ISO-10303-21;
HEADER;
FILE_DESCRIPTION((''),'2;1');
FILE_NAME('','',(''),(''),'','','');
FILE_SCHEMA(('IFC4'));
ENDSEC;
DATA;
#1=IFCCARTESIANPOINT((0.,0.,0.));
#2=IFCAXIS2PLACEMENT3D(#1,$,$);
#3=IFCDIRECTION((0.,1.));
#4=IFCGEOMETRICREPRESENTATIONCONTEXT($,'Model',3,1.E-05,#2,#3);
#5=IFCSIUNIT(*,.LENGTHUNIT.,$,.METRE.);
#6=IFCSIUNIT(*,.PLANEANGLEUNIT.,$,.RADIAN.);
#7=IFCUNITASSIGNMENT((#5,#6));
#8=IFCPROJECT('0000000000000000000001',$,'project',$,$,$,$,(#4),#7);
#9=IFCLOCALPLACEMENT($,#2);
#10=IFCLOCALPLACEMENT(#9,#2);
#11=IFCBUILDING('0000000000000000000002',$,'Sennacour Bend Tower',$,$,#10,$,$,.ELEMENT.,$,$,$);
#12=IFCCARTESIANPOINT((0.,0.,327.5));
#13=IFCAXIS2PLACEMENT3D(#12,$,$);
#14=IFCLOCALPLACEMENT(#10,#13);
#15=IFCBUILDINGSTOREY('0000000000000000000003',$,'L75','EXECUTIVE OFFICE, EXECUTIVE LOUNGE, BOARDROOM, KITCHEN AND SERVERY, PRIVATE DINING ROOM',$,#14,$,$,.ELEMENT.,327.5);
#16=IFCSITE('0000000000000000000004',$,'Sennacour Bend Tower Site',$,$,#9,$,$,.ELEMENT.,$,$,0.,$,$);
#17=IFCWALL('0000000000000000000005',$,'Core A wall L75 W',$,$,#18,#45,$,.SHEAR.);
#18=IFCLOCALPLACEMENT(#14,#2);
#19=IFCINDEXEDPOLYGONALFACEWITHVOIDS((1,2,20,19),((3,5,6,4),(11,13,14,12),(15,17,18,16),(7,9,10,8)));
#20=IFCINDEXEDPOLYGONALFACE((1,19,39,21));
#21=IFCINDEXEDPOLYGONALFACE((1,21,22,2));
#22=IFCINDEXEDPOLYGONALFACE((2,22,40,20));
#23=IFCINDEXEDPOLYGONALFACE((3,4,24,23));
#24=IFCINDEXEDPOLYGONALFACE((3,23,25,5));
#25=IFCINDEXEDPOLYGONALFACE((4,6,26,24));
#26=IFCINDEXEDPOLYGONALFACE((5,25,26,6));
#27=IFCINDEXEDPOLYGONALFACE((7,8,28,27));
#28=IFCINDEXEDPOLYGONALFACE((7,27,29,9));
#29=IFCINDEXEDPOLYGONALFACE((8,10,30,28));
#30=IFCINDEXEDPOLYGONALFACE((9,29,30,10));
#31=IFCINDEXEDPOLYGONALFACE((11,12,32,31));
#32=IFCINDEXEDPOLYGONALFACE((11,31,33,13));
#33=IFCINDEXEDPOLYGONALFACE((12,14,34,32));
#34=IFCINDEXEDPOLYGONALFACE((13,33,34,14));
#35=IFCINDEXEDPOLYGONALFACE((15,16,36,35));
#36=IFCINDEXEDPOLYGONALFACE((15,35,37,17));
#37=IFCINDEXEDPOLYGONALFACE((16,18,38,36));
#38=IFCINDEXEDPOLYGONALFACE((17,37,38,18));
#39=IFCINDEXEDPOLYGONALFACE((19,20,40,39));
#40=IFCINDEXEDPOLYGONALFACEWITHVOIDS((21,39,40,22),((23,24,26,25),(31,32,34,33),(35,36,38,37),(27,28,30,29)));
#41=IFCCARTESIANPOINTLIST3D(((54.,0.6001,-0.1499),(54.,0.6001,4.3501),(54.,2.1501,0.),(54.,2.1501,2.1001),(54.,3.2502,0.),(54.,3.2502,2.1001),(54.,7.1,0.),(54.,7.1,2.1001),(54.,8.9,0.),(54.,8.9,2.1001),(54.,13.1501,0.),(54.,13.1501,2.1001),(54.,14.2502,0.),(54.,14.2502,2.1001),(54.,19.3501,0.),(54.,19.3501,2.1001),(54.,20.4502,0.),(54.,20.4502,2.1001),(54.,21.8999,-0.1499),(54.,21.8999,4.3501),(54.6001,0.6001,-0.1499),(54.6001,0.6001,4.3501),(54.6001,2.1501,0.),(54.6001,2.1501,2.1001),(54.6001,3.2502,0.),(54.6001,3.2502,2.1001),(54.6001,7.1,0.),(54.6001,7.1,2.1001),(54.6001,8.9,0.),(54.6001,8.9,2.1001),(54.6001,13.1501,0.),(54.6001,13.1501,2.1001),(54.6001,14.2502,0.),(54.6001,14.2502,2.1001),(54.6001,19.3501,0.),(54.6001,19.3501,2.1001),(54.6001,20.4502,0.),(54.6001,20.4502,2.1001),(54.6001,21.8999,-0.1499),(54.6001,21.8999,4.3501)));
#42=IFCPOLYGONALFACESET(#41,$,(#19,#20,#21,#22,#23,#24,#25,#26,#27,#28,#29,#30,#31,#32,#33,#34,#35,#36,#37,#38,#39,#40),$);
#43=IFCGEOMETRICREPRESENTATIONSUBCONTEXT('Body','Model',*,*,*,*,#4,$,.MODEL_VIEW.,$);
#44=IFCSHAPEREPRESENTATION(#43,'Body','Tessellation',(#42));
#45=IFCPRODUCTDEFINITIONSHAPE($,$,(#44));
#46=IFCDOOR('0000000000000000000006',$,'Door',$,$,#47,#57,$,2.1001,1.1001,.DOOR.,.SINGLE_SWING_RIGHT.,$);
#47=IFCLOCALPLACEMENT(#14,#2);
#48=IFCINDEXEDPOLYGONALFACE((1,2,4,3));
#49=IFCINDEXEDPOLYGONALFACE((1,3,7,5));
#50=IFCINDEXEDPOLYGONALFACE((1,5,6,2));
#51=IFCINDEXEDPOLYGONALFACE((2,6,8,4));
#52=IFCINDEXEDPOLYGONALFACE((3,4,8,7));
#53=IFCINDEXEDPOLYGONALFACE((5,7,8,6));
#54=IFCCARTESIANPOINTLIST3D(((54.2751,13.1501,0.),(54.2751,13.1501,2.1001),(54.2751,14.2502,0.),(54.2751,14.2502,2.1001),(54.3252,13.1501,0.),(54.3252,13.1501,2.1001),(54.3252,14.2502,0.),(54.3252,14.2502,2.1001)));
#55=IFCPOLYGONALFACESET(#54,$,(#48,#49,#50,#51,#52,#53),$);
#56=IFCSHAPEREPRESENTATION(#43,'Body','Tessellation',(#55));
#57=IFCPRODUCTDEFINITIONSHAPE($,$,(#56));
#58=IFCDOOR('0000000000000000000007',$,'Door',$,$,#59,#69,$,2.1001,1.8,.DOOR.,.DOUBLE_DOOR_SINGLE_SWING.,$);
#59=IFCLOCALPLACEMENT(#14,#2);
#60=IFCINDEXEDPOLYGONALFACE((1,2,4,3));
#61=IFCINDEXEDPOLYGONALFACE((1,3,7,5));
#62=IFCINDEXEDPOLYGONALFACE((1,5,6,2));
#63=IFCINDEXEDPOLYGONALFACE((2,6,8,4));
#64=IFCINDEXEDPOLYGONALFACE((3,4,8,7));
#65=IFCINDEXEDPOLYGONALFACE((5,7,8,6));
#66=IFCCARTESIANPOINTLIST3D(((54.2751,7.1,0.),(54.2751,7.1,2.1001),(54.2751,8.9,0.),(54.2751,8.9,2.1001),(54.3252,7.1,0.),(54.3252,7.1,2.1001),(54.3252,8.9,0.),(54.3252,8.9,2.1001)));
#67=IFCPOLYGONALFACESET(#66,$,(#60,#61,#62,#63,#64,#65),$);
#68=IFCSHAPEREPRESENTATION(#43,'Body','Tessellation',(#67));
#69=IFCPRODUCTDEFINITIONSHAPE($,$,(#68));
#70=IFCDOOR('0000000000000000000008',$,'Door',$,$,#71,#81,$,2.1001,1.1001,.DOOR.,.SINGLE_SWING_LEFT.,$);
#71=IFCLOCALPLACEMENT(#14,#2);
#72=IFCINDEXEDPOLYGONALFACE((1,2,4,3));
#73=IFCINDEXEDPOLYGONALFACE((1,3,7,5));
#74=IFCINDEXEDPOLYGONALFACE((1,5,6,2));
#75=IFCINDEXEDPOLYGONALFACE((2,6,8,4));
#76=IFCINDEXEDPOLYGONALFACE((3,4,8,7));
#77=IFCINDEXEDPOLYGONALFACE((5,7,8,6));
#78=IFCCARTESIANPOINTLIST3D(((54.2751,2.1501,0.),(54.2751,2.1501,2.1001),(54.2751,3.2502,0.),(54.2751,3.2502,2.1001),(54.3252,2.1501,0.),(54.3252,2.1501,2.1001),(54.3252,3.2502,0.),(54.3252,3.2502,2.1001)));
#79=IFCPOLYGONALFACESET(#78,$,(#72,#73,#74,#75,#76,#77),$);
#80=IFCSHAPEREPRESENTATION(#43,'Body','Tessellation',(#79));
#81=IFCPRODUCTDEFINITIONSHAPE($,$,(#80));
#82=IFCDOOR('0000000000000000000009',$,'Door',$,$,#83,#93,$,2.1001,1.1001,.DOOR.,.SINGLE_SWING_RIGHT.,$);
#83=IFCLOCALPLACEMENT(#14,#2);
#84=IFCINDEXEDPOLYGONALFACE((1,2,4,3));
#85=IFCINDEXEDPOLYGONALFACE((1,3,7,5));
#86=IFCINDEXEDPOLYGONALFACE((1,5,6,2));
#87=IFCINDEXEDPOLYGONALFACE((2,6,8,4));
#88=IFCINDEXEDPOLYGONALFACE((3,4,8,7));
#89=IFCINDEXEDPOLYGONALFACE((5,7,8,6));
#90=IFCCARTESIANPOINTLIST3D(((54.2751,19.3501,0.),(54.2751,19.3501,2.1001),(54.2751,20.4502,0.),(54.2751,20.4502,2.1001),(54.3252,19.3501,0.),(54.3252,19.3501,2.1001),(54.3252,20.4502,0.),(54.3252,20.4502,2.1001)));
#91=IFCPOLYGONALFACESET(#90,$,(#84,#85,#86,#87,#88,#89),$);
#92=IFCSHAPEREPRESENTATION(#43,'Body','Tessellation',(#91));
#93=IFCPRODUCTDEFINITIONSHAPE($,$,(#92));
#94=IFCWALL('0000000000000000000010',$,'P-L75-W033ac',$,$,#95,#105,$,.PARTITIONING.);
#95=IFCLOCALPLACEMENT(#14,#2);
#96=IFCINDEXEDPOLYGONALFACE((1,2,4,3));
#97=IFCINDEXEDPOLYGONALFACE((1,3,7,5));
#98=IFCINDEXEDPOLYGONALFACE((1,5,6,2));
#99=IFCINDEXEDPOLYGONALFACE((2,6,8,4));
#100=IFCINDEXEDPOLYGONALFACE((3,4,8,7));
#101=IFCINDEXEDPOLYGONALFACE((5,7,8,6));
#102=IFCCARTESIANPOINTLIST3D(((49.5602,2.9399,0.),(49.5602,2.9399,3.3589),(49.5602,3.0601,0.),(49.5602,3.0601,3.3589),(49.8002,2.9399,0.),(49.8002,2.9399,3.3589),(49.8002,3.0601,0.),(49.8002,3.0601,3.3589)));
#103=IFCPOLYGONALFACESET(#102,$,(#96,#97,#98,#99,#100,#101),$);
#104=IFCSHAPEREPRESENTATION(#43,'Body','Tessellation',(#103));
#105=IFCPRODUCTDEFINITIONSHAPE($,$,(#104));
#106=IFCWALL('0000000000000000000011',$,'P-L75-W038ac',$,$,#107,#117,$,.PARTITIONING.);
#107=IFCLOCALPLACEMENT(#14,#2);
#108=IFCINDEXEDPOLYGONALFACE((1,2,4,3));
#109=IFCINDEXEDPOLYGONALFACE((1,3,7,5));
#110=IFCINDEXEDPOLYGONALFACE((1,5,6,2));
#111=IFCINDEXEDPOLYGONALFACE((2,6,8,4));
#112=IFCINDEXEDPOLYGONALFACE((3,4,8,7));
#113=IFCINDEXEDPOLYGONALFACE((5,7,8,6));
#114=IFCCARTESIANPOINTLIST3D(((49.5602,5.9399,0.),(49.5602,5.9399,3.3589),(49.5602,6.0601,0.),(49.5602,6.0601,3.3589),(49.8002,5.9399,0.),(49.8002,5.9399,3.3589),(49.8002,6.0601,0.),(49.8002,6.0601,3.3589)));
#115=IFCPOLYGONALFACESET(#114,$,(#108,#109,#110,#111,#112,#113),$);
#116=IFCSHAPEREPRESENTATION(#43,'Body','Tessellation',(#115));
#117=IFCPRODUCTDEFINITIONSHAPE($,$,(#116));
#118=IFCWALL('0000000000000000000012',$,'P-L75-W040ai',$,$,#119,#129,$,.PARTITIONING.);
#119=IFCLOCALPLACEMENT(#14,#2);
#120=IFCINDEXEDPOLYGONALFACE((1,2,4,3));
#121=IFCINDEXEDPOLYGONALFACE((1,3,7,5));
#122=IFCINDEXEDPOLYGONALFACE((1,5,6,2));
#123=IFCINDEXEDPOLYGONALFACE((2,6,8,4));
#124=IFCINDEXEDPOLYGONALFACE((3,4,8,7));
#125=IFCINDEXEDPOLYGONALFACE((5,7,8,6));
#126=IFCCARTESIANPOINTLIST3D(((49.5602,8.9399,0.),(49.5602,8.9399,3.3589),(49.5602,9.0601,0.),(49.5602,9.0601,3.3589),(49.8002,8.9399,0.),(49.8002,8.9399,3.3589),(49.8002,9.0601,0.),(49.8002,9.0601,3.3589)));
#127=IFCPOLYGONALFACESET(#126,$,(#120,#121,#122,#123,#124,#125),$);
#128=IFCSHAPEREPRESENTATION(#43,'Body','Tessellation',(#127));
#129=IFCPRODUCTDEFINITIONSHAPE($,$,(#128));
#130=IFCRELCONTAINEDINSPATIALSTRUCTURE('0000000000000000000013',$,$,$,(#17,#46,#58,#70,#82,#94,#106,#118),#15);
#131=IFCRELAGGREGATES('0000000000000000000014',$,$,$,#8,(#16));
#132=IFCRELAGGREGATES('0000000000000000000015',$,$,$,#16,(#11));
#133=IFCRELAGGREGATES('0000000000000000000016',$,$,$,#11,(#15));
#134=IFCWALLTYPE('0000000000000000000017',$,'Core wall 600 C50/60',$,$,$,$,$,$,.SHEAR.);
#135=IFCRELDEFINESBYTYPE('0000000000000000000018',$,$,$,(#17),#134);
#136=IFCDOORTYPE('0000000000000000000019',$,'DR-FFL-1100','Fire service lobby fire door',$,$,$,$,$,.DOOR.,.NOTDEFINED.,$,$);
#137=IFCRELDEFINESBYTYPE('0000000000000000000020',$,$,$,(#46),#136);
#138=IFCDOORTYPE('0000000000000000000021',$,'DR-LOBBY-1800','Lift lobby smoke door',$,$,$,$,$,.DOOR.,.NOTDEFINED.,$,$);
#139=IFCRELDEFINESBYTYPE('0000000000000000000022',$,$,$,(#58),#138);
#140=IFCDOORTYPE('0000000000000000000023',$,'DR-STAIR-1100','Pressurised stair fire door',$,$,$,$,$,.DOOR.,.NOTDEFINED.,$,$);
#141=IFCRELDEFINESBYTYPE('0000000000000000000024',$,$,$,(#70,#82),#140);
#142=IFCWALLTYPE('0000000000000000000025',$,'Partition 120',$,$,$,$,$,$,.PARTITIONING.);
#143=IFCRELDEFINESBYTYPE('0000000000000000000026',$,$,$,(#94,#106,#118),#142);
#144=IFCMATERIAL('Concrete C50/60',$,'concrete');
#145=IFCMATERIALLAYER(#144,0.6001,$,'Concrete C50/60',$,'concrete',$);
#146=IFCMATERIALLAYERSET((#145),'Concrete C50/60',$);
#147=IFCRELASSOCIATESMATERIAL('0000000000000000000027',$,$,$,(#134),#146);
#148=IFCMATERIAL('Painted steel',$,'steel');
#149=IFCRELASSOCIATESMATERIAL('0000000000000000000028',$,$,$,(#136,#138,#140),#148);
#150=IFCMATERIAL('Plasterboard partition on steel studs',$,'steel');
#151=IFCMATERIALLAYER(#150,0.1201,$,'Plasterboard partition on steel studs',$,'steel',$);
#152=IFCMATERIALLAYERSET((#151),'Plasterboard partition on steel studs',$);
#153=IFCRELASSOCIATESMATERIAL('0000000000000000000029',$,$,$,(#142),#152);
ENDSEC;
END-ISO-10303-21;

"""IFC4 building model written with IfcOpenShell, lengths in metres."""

from ifc_helpers import new_model, si_unit, direction, frame, frame_2d, origin, place, context, subcontext, project, spatial, rectangle, extrude, material, layer, layer_set, type_object, element, fill, save


model = new_model("IFC4")

# Units and contexts
model_context = context("Model", 3, precision=1e-05, world=origin(), true_north=direction((0.0, 1.0)))
body_context = subcontext(model_context, "Body", "Model", "MODEL_VIEW")
ifc_project = project(units=[si_unit("LENGTHUNIT", "METRE"), si_unit("PLANEANGLEUNIT", "RADIAN")], contexts=[model_context])

# Site, building, storey
site_placement = place(None, origin())
site = spatial("IfcSite", under=ifc_project, at=site_placement, Name="Sennacour Bend Tower Site", CompositionType="ELEMENT", RefElevation=0.0)
building_placement = place(site_placement, origin())
building = spatial("IfcBuilding", under=site, at=building_placement, Name="Sennacour Bend Tower", CompositionType="ELEMENT")
storey_placement = place(building_placement, frame((0.0, 0.0, 327.5)))
storey = spatial("IfcBuildingStorey", under=building, at=storey_placement, Name="L75", Description="EXECUTIVE OFFICE, EXECUTIVE LOUNGE, BOARDROOM, KITCHEN AND SERVERY, PRIVATE DINING ROOM", CompositionType="ELEMENT", Elevation=327.5)

# Wall, openings, doors
ifc_material_1 = material(Name="Concrete C50/60", Category="concrete")
ifc_layer_1 = layer(ifc_material_1, 0.6001, Name="Concrete C50/60", Category="concrete")
ifc_layer_set_1 = layer_set([ifc_layer_1], Name="Concrete C50/60")
wall_type_1 = type_object("IfcWallType", Name="Core wall 600 C50/60", PredefinedType="SHEAR", material=ifc_layer_set_1)
wall_1_placement = place(storey_placement, frame((54.3, 0.6001, -0.1499), z_axis=(0.0, 0.0, 1.0), x_axis=(0.0, 1.0, 0.0)))
wall_1 = element("IfcWall", 1, at=wall_1_placement, inside=storey, type_object=wall_type_1, Name="Core A wall L75 W", PredefinedType="SHEAR", context=body_context, shape_type="SweptSolid", body=[
    extrude(rectangle(XDim=21.2998, YDim=0.6001, at=frame_2d((10.6499, 0.0))), origin(), (0.0, 0.0, 1.0), 4.5),
])
opening_1_placement = place(wall_1_placement, frame((6.5, 0.0, 0.1499)))
opening_1 = element("IfcOpeningElement", 2, at=opening_1_placement, cuts=wall_1, PredefinedType="OPENING", context=body_context, shape_type="SweptSolid", body=[
    extrude(rectangle(XDim=1.8, YDim=2.1001, at=frame_2d((0.8999, 1.05))), frame((0.0, 0.3101, 0.0), z_axis=(0.0, -1.0, 0.0), x_axis=(1.0, 0.0, 0.0)), (0.0, 0.0, 1.0), 0.6201),
])
opening_2_placement = place(wall_1_placement, frame((12.55, 0.0, 0.1499)))
opening_2 = element("IfcOpeningElement", 3, at=opening_2_placement, cuts=wall_1, PredefinedType="OPENING", context=body_context, shape_type="SweptSolid", body=[
    extrude(rectangle(XDim=1.1001, YDim=2.1001, at=frame_2d((0.55, 1.05))), frame((0.0, 0.3101, 0.0), z_axis=(0.0, -1.0, 0.0), x_axis=(1.0, 0.0, 0.0)), (0.0, 0.0, 1.0), 0.6201),
])
opening_3_placement = place(wall_1_placement, frame((1.55, 0.0, 0.1499)))
opening_3 = element("IfcOpeningElement", 4, at=opening_3_placement, cuts=wall_1, PredefinedType="OPENING", context=body_context, shape_type="SweptSolid", body=[
    extrude(rectangle(XDim=1.1001, YDim=2.1001, at=frame_2d((0.55, 1.05))), frame((0.0, 0.3101, 0.0), z_axis=(0.0, -1.0, 0.0), x_axis=(1.0, 0.0, 0.0)), (0.0, 0.0, 1.0), 0.6201),
])
opening_4_placement = place(wall_1_placement, frame((18.75, 0.0, 0.1499)))
opening_4 = element("IfcOpeningElement", 5, at=opening_4_placement, cuts=wall_1, PredefinedType="OPENING", context=body_context, shape_type="SweptSolid", body=[
    extrude(rectangle(XDim=1.1001, YDim=2.1001, at=frame_2d((0.55, 1.05))), frame((0.0, 0.3101, 0.0), z_axis=(0.0, -1.0, 0.0), x_axis=(1.0, 0.0, 0.0)), (0.0, 0.0, 1.0), 0.6201),
])
ifc_material_2 = material(Name="Painted steel", Category="steel")
door_type_1 = type_object("IfcDoorType", Name="DR-FFL-1100", Description="Fire service lobby fire door", OperationType="NOTDEFINED", PredefinedType="DOOR", material=ifc_material_2)
door_1_placement = place(opening_2_placement, origin())
door_1 = element("IfcDoor", 6, at=door_1_placement, inside=storey, type_object=door_type_1, Name="Door", OperationType="SINGLE_SWING_RIGHT", OverallHeight=2.1001, OverallWidth=1.1001, PredefinedType="DOOR", context=body_context, shape_type="SweptSolid", body=[
    extrude(rectangle(XDim=1.1001, YDim=2.1001, at=frame_2d((0.55, 1.05))), frame((0.0, 0.0249, 0.0), z_axis=(0.0, -1.0, 0.0), x_axis=(1.0, 0.0, 0.0)), (0.0, 0.0, 1.0), 0.05),
])
fill(opening_2, door_1)
door_type_2 = type_object("IfcDoorType", Name="DR-LOBBY-1800", Description="Lift lobby smoke door", OperationType="NOTDEFINED", PredefinedType="DOOR", material=ifc_material_2)
door_2_placement = place(opening_1_placement, origin())
door_2 = element("IfcDoor", 7, at=door_2_placement, inside=storey, type_object=door_type_2, Name="Door", OperationType="DOUBLE_DOOR_SINGLE_SWING", OverallHeight=2.1001, OverallWidth=1.8, PredefinedType="DOOR", context=body_context, shape_type="SweptSolid", body=[
    extrude(rectangle(XDim=1.8, YDim=2.1001, at=frame_2d((0.8999, 1.05))), frame((0.0, 0.0249, 0.0), z_axis=(0.0, -1.0, 0.0), x_axis=(1.0, 0.0, 0.0)), (0.0, 0.0, 1.0), 0.05),
])
fill(opening_1, door_2)
door_type_3 = type_object("IfcDoorType", Name="DR-STAIR-1100", Description="Pressurised stair fire door", OperationType="NOTDEFINED", PredefinedType="DOOR", material=ifc_material_2)
door_3_placement = place(opening_3_placement, origin())
door_3 = element("IfcDoor", 8, at=door_3_placement, inside=storey, type_object=door_type_3, Name="Door", OperationType="SINGLE_SWING_LEFT", OverallHeight=2.1001, OverallWidth=1.1001, PredefinedType="DOOR", context=body_context, shape_type="SweptSolid", body=[
    extrude(rectangle(XDim=1.1001, YDim=2.1001, at=frame_2d((0.55, 1.05))), frame((0.0, 0.0249, 0.0), z_axis=(0.0, -1.0, 0.0), x_axis=(1.0, 0.0, 0.0)), (0.0, 0.0, 1.0), 0.05),
])
fill(opening_3, door_3)
door_4_placement = place(opening_4_placement, origin())
door_4 = element("IfcDoor", 9, at=door_4_placement, inside=storey, type_object=door_type_3, Name="Door", OperationType="SINGLE_SWING_RIGHT", OverallHeight=2.1001, OverallWidth=1.1001, PredefinedType="DOOR", context=body_context, shape_type="SweptSolid", body=[
    extrude(rectangle(XDim=1.1001, YDim=2.1001, at=frame_2d((0.55, 1.05))), frame((0.0, 0.0249, 0.0), z_axis=(0.0, -1.0, 0.0), x_axis=(1.0, 0.0, 0.0)), (0.0, 0.0, 1.0), 0.05),
])
fill(opening_4, door_4)

# Walls
ifc_material_3 = material(Name="Plasterboard partition on steel studs", Category="steel")
ifc_layer_2 = layer(ifc_material_3, 0.1201, Name="Plasterboard partition on steel studs", Category="steel")
ifc_layer_set_2 = layer_set([ifc_layer_2], Name="Plasterboard partition on steel studs")
wall_type_2 = type_object("IfcWallType", Name="Partition 120", PredefinedType="PARTITIONING", material=ifc_layer_set_2)
for number, where, z_axis, x_axis, name in (
    (10, (49.5601, 3.0, 0.0), (0.0, 0.0, 1.0), (1.0, 0.0, 0.0), "P-L75-W033ac"),
    (11, (49.5601, 6.0, 0.0), (0.0, 0.0, 1.0), (1.0, 0.0, 0.0), "P-L75-W038ac"),
    (12, (49.5601, 9.0, 0.0), (0.0, 0.0, 1.0), (1.0, 0.0, 0.0), "P-L75-W040ai"),
):
    element("IfcWall", number, at=place(storey_placement, frame(where, z_axis=z_axis, x_axis=x_axis)), inside=storey, type_object=wall_type_2, Name=name, PredefinedType="PARTITIONING", context=body_context, shape_type="SweptSolid", body=[
        extrude(rectangle(XDim=0.24, YDim=0.1201, at=frame_2d((0.1201, 0.0))), origin(), (0.0, 0.0, 1.0), 3.3589),
    ])

save(model, "model.ifc")
